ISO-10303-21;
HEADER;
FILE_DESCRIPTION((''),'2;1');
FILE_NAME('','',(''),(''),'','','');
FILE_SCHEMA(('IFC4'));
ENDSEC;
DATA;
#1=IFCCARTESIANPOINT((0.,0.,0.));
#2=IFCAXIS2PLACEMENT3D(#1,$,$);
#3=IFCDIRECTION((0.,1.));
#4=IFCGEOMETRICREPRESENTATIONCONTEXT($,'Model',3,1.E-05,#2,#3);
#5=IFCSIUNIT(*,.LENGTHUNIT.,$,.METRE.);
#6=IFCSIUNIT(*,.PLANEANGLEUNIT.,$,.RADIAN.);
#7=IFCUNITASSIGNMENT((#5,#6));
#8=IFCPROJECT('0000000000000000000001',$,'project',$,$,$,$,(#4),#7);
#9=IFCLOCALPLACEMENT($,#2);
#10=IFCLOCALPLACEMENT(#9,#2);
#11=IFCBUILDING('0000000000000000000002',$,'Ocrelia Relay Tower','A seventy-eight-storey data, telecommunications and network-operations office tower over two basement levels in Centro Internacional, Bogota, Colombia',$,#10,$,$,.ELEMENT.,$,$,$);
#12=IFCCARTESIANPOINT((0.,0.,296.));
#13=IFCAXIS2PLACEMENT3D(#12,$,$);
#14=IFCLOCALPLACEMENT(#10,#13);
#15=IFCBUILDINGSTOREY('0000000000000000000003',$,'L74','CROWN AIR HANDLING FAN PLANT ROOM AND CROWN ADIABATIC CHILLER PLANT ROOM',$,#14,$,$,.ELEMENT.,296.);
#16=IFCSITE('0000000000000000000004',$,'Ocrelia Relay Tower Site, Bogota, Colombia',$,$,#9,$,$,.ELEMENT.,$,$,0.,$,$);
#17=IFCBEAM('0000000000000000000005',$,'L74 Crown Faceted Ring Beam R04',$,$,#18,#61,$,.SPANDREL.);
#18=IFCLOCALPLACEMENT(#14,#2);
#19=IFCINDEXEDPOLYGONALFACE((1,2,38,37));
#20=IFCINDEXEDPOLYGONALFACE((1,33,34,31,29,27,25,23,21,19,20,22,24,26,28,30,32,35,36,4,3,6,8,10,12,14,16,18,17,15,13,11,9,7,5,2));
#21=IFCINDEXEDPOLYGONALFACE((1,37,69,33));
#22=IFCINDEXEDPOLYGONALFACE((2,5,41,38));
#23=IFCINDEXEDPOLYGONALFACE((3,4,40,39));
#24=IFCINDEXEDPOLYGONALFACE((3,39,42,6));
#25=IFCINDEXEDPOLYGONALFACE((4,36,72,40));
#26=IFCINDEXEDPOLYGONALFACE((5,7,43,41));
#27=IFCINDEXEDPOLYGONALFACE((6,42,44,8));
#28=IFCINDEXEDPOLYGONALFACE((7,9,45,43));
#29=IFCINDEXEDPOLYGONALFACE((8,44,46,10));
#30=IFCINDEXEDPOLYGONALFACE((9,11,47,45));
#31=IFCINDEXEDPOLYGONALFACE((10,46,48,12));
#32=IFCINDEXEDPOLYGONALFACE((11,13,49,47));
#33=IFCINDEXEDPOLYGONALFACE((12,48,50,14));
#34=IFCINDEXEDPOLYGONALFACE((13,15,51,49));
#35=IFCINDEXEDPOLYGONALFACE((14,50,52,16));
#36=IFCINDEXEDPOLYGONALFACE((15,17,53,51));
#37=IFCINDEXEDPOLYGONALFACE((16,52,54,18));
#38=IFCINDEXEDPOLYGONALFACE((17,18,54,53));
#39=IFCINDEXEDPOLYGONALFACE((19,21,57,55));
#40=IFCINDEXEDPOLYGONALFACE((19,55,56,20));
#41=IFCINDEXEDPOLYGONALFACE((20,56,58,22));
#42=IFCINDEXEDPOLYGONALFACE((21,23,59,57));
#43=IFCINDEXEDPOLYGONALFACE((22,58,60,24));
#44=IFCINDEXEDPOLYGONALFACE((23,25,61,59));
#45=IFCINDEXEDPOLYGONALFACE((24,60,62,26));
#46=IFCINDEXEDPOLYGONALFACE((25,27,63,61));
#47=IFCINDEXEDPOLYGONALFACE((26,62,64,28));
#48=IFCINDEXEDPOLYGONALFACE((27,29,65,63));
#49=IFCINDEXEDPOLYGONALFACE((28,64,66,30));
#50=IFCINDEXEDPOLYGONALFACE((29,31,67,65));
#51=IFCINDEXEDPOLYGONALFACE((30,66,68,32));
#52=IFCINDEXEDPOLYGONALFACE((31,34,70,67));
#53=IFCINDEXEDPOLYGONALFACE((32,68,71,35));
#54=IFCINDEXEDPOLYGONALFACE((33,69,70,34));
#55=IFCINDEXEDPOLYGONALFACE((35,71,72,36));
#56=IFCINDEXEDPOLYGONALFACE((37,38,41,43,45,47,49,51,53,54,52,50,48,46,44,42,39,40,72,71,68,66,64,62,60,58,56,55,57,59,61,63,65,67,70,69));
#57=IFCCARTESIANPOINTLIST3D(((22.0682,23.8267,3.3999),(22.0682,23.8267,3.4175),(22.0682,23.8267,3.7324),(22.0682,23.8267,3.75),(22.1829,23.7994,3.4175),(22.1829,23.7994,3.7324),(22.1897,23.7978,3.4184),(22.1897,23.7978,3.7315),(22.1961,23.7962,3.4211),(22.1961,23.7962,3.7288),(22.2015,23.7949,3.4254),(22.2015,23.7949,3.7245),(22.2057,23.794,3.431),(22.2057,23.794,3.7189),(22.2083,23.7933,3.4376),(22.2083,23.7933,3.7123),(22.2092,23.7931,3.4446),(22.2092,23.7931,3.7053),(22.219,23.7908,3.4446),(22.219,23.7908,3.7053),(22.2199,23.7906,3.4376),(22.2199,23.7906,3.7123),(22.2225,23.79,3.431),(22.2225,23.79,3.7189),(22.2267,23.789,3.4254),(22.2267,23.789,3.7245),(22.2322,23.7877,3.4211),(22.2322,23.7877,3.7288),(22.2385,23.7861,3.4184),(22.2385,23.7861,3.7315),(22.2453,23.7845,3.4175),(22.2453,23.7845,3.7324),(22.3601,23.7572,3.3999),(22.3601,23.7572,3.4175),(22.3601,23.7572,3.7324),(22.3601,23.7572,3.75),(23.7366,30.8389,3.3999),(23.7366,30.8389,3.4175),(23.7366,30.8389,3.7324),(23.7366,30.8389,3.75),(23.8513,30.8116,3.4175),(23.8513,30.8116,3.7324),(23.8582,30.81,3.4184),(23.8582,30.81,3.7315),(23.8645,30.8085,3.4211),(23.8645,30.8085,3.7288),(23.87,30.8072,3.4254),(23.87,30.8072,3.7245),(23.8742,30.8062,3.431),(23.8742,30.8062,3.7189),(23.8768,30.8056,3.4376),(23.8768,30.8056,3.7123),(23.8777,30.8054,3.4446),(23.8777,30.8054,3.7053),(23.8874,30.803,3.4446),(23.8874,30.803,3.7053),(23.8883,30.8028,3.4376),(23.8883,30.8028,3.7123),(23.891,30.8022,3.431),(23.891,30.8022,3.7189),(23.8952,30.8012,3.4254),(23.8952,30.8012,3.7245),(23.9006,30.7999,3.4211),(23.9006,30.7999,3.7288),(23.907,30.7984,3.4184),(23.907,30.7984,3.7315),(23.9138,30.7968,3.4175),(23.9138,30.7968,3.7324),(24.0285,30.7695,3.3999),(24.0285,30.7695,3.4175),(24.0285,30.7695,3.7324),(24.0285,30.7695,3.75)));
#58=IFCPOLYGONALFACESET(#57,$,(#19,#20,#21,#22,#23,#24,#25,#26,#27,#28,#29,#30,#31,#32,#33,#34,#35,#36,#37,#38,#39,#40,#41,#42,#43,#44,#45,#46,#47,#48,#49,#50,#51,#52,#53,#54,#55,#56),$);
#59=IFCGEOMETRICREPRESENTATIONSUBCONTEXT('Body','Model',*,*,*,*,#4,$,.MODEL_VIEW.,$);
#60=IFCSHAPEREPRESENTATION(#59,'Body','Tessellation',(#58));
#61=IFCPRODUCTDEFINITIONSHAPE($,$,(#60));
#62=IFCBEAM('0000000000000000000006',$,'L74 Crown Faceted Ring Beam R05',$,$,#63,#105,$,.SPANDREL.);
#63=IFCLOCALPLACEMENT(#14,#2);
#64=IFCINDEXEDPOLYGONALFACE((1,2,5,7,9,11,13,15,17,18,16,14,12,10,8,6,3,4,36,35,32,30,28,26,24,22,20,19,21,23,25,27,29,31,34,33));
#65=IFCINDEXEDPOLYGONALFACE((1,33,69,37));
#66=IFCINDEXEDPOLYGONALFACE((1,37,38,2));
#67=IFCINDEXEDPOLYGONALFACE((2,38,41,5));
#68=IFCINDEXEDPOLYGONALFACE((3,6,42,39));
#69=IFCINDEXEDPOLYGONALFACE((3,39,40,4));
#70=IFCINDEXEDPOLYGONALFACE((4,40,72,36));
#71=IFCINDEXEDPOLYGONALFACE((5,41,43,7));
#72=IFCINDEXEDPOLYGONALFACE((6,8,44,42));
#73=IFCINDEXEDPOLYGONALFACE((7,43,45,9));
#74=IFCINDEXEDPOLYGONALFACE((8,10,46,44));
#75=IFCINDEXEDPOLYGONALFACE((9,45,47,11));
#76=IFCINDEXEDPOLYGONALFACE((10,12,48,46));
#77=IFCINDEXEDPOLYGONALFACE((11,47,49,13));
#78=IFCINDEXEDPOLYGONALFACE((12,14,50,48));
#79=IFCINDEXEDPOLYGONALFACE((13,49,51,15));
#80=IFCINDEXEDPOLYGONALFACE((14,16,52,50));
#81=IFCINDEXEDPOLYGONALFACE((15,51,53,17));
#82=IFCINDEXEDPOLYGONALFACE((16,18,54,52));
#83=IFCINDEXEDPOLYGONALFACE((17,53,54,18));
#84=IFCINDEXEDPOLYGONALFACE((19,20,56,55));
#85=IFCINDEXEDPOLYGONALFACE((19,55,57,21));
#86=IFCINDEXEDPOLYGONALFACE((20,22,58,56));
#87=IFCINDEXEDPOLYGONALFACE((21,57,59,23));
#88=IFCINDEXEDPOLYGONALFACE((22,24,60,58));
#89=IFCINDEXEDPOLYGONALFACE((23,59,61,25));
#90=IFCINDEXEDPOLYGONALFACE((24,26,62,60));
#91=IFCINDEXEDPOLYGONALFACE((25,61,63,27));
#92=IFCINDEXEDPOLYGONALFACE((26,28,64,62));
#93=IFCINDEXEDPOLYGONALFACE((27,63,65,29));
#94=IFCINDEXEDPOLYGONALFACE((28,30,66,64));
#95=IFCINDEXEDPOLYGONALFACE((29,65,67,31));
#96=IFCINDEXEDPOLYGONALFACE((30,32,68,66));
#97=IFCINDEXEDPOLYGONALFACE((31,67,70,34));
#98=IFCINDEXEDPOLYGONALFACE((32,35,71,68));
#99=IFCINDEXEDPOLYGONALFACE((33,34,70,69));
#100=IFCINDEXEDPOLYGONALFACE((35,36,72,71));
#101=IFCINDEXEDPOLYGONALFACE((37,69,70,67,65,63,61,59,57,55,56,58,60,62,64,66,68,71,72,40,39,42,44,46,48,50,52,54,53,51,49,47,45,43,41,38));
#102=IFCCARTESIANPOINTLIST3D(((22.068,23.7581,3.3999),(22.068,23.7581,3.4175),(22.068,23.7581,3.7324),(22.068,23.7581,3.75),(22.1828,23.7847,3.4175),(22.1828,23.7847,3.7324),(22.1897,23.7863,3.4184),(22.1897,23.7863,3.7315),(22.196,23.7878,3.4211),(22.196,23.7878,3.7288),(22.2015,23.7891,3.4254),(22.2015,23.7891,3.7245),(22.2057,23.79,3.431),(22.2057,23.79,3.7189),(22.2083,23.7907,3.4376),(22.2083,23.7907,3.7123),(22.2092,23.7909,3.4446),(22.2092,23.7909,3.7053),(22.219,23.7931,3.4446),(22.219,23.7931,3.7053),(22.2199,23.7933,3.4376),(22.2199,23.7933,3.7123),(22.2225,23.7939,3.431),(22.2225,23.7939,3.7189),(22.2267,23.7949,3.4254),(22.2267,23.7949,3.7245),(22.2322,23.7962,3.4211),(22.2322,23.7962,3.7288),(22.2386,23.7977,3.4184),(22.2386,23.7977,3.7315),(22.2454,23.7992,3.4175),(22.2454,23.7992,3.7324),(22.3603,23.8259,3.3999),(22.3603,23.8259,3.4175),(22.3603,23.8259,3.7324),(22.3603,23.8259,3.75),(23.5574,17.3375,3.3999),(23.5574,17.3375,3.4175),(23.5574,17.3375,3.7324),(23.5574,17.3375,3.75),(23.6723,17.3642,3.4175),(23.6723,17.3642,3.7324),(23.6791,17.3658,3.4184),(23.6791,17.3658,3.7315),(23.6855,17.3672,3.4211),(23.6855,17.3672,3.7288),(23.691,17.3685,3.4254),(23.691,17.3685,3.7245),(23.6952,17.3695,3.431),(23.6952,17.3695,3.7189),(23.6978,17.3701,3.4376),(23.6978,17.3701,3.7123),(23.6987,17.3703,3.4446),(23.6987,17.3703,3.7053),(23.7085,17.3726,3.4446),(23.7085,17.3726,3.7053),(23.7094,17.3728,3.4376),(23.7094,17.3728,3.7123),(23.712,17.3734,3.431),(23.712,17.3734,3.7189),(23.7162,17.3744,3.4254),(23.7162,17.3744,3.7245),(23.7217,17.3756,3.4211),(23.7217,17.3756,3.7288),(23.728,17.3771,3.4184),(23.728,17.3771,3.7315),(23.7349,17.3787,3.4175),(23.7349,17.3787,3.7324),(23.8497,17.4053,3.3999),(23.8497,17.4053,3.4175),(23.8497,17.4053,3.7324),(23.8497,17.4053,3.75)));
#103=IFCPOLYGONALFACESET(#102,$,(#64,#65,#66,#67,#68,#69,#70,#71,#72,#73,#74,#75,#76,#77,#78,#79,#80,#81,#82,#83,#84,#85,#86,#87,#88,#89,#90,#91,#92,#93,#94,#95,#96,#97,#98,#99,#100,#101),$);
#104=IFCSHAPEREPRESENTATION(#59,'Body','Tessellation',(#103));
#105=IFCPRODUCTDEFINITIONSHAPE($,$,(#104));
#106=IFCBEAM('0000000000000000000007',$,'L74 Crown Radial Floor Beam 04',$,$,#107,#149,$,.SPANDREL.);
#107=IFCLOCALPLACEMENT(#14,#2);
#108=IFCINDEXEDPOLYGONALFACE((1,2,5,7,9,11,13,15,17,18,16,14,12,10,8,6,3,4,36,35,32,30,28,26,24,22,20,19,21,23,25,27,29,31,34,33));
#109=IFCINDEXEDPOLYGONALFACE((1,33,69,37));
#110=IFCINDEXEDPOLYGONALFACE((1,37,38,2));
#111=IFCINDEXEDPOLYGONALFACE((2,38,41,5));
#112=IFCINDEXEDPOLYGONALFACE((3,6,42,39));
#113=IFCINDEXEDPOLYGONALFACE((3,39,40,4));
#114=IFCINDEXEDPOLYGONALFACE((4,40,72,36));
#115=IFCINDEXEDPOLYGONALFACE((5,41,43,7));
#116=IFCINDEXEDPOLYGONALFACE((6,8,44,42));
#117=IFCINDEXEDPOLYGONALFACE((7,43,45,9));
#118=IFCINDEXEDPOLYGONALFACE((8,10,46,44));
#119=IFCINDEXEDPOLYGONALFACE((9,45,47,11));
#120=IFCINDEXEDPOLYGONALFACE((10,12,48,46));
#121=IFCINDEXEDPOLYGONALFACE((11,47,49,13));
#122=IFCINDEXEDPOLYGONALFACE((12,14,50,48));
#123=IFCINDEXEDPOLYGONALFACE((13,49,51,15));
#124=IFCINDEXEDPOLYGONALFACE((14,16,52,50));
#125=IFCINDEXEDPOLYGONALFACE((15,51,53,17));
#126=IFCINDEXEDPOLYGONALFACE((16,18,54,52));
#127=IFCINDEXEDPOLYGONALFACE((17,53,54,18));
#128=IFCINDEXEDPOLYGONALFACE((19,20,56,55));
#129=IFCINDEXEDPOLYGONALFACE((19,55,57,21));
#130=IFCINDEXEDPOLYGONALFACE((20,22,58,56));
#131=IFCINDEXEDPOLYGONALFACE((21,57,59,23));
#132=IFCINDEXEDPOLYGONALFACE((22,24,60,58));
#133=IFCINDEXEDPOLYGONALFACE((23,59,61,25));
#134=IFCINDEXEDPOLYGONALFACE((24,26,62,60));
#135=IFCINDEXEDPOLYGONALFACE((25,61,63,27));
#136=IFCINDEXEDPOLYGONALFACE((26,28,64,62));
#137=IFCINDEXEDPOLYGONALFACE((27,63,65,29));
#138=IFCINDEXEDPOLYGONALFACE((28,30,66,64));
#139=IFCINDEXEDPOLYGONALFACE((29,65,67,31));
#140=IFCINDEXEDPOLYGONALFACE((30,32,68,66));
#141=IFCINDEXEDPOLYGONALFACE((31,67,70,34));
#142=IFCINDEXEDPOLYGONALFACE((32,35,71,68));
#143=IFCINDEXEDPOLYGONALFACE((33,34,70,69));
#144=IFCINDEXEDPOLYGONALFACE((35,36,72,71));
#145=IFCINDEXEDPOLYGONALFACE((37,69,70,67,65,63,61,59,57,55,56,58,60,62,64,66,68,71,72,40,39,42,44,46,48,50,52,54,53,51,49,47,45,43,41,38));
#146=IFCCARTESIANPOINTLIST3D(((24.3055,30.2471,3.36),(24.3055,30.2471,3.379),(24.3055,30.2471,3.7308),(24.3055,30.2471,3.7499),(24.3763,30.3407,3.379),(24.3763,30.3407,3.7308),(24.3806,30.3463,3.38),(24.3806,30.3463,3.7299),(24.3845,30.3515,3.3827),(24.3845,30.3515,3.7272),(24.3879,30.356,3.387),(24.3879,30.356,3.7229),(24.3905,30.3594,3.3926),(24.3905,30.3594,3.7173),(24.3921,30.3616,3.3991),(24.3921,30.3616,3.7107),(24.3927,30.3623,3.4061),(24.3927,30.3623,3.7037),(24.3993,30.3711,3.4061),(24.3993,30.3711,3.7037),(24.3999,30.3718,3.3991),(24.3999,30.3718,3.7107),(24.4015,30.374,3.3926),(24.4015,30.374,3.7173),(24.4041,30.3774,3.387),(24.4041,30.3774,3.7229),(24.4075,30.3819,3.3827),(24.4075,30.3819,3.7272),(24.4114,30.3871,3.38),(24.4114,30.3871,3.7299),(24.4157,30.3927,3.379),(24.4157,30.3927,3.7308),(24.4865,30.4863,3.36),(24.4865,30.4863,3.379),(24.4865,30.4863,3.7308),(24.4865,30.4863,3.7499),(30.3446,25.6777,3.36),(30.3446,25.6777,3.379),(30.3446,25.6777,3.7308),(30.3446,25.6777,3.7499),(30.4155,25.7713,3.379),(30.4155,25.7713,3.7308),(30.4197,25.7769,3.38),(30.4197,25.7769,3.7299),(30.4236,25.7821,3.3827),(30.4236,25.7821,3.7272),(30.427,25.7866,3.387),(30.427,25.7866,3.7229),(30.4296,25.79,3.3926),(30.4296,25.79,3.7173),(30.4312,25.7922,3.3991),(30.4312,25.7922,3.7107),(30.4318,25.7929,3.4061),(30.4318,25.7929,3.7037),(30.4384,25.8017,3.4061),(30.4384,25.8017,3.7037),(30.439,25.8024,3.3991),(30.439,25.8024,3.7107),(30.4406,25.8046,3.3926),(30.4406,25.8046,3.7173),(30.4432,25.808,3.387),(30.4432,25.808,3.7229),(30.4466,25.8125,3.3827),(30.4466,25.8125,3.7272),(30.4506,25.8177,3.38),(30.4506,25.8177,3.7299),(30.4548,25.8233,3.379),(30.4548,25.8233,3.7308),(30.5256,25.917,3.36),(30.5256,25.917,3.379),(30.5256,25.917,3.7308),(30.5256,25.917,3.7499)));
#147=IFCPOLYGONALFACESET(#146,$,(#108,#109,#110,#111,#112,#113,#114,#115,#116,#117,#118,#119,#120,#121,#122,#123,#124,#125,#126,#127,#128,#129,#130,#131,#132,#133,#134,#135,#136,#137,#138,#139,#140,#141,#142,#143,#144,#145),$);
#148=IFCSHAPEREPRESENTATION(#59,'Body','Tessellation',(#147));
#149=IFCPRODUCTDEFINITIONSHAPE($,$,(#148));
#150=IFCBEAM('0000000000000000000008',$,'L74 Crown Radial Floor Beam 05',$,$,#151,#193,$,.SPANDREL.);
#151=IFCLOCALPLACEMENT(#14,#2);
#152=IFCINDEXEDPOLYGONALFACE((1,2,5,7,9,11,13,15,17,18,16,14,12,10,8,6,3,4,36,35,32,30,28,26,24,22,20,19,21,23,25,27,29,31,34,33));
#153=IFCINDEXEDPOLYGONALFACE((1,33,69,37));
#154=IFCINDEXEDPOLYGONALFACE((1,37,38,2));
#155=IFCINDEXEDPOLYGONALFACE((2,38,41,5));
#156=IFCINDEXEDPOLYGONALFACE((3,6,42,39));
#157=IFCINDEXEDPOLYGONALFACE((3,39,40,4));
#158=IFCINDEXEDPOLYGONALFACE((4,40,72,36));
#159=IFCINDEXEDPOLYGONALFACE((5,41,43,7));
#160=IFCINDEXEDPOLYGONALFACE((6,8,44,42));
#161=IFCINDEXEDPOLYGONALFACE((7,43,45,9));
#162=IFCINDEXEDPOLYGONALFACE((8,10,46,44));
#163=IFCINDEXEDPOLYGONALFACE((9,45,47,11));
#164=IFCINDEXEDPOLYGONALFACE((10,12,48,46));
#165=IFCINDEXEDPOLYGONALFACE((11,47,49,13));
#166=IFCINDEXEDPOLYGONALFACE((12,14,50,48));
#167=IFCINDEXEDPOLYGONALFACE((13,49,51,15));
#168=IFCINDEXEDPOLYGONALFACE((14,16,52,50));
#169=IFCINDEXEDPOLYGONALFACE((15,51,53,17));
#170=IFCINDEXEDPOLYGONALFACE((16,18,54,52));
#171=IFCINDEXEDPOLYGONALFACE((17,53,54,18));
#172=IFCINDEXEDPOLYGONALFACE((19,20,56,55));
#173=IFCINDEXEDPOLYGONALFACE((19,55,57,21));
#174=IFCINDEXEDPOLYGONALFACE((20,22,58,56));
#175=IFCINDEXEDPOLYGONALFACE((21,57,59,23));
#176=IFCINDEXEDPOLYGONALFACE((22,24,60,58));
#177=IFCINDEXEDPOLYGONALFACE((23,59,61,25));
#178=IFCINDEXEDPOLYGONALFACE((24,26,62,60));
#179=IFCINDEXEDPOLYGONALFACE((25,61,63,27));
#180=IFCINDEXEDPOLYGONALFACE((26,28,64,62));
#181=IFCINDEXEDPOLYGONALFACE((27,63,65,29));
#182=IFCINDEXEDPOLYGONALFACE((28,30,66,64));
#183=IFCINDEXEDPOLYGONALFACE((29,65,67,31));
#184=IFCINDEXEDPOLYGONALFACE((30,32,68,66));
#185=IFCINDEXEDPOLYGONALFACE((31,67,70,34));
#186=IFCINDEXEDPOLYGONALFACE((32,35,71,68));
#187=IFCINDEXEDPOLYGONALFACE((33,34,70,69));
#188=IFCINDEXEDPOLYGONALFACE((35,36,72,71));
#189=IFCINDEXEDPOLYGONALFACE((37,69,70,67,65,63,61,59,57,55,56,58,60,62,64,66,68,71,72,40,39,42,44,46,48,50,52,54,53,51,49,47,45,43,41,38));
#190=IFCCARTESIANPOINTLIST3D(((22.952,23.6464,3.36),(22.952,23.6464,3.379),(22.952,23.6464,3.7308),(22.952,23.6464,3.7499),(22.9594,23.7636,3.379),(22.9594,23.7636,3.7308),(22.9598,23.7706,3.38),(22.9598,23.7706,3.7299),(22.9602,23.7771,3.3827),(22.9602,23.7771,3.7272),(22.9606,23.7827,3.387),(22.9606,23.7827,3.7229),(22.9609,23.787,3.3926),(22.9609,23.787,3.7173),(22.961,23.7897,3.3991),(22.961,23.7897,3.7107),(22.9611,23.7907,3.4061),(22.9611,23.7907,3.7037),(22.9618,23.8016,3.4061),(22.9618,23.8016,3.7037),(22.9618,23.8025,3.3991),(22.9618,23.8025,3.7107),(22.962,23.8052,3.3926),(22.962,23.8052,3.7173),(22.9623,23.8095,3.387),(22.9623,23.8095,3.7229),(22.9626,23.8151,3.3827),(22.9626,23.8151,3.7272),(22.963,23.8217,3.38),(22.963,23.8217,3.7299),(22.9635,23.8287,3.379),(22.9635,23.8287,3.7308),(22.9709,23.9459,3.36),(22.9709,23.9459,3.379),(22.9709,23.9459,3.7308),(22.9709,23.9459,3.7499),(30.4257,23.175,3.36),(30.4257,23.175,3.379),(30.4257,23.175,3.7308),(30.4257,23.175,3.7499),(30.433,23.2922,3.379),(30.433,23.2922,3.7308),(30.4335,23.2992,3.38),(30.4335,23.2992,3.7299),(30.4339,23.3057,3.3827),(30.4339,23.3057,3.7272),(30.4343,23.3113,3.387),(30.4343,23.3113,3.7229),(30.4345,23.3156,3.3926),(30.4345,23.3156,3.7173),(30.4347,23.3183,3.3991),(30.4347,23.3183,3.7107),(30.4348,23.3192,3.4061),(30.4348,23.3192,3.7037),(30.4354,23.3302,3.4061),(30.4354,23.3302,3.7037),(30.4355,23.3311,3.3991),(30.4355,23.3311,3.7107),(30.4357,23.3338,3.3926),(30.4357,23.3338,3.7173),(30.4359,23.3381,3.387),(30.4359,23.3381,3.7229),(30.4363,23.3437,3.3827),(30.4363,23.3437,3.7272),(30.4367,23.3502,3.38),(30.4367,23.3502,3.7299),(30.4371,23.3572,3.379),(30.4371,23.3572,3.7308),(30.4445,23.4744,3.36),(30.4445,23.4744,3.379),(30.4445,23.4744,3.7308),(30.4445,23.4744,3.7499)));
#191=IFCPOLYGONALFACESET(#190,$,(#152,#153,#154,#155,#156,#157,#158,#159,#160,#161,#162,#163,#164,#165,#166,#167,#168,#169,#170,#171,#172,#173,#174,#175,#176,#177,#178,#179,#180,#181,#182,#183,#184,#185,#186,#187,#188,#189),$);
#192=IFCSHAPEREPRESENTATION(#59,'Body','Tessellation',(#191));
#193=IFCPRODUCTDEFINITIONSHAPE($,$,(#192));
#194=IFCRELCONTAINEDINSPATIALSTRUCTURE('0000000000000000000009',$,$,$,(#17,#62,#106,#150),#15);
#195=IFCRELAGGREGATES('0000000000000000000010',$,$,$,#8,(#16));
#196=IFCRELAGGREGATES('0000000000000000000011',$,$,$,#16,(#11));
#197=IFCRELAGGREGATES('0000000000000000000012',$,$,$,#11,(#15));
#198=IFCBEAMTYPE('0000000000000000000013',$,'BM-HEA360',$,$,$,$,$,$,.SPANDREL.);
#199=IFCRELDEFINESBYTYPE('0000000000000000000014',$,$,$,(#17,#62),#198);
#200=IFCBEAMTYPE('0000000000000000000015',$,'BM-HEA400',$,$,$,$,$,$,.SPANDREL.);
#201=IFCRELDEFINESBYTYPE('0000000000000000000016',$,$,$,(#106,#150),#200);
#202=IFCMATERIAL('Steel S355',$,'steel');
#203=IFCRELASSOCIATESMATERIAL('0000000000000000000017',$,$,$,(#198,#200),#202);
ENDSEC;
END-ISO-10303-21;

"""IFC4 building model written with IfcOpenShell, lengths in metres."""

from ifc_helpers import new_model, si_unit, direction, frame, origin, origin_2d, place, context, subcontext, project, spatial, i_section, extrude, material, material_profile, profile_set, type_object, element, save


model = new_model("IFC4")

# Units and contexts
model_context = context("Model", 3, precision=1e-05, world=origin(), true_north=direction((0.0, 1.0)))
body_context = subcontext(model_context, "Body", "Model", "MODEL_VIEW")
ifc_project = project(units=[si_unit("LENGTHUNIT", "METRE"), si_unit("PLANEANGLEUNIT", "RADIAN")], contexts=[model_context])

# Site, building, storey
site_placement = place(None, origin())
site = spatial("IfcSite", under=ifc_project, at=site_placement, Name="Ocrelia Relay Tower Site, Bogota, Colombia", CompositionType="ELEMENT", RefElevation=0.0)
building_placement = place(site_placement, origin())
building = spatial("IfcBuilding", under=site, at=building_placement, Name="Ocrelia Relay Tower", Description="A seventy-eight-storey data, telecommunications and network-operations office tower over two basement levels in Centro Internacional, Bogota, Colombia", CompositionType="ELEMENT")
storey_placement = place(building_placement, frame((0.0, 0.0, 296.0)))
storey = spatial("IfcBuildingStorey", under=building, at=storey_placement, Name="L74", Description="CROWN AIR HANDLING FAN PLANT ROOM AND CROWN ADIABATIC CHILLER PLANT ROOM", CompositionType="ELEMENT", Elevation=296.0)

# Beams
ifc_material_1 = material(Name="Steel S355", Category="steel")
ifc_material_profile_1 = material_profile(ifc_material_1, i_section(OverallWidth=0.3, OverallDepth=0.3501, WebThickness=0.01, FlangeThickness=0.0176, FilletRadius=0.0271, at=origin_2d()), Name="HEA 360")
ifc_profile_set_1 = profile_set([ifc_material_profile_1], Name="Steel S355")
beam_type_1 = type_object("IfcBeamType", Name="BM-HEA360", PredefinedType="SPANDREL", material=ifc_profile_set_1)
beam_1_placement = place(storey_placement, frame((23.8826, 30.8042, 3.575), z_axis=(-0.231474, -0.972841, 0.0), x_axis=(0.972841, -0.231474, 0.0)))
element("IfcBeam", 1, at=beam_1_placement, inside=storey, type_object=beam_type_1, Name="L74 Crown Faceted Ring Beam R04", PredefinedType="SPANDREL", context=body_context, shape_type="SweptSolid", body=[
    extrude(i_section(OverallWidth=0.3, OverallDepth=0.3501, WebThickness=0.01, FlangeThickness=0.0176, FilletRadius=0.0271, at=origin_2d()), origin(), (0.0, 0.0, 1.0), 7.208),
])
beam_2_placement = place(storey_placement, frame((22.2141, 23.792, 3.575), z_axis=(0.225985, -0.974131, 0.0), x_axis=(0.974131, 0.225985, 0.0)))
element("IfcBeam", 2, at=beam_2_placement, inside=storey, type_object=beam_type_1, Name="L74 Crown Faceted Ring Beam R05", PredefinedType="SPANDREL", context=body_context, shape_type="SweptSolid", body=[
    extrude(i_section(OverallWidth=0.3, OverallDepth=0.3501, WebThickness=0.01, FlangeThickness=0.0176, FilletRadius=0.0271, at=origin_2d()), origin(), (0.0, 0.0, 1.0), 6.5911),
])
ifc_material_profile_2 = material_profile(ifc_material_1, i_section(OverallWidth=0.3, OverallDepth=0.3899, WebThickness=0.011, FlangeThickness=0.019, FilletRadius=0.0271, at=origin_2d()), Name="HEA 400")
ifc_profile_set_2 = profile_set([ifc_material_profile_2], Name="Steel S355")
beam_type_2 = type_object("IfcBeamType", Name="BM-HEA400", PredefinedType="SPANDREL", material=ifc_profile_set_2)
beam_3_placement = place(storey_placement, frame((24.396, 30.3667, 3.5549), z_axis=(0.797455, -0.603378, 0.0), x_axis=(0.603378, 0.797455, 0.0)))
element("IfcBeam", 3, at=beam_3_placement, inside=storey, type_object=beam_type_2, Name="L74 Crown Radial Floor Beam 04", PredefinedType="SPANDREL", context=body_context, shape_type="SweptSolid", body=[
    extrude(i_section(OverallWidth=0.3, OverallDepth=0.3899, WebThickness=0.011, FlangeThickness=0.019, FilletRadius=0.0271, at=origin_2d()), origin(), (0.0, 0.0, 1.0), 7.573),
])
beam_4_placement = place(storey_placement, frame((22.9614, 23.7961, 3.5549), z_axis=(0.998016, -0.062955, 0.0), x_axis=(0.062955, 0.998016, 0.0)))
element("IfcBeam", 4, at=beam_4_placement, inside=storey, type_object=beam_type_2, Name="L74 Crown Radial Floor Beam 05", PredefinedType="SPANDREL", context=body_context, shape_type="SweptSolid", body=[
    extrude(i_section(OverallWidth=0.3, OverallDepth=0.3899, WebThickness=0.011, FlangeThickness=0.019, FilletRadius=0.0271, at=origin_2d()), origin(), (0.0, 0.0, 1.0), 7.4885),
])

save(model, "model.ifc")
